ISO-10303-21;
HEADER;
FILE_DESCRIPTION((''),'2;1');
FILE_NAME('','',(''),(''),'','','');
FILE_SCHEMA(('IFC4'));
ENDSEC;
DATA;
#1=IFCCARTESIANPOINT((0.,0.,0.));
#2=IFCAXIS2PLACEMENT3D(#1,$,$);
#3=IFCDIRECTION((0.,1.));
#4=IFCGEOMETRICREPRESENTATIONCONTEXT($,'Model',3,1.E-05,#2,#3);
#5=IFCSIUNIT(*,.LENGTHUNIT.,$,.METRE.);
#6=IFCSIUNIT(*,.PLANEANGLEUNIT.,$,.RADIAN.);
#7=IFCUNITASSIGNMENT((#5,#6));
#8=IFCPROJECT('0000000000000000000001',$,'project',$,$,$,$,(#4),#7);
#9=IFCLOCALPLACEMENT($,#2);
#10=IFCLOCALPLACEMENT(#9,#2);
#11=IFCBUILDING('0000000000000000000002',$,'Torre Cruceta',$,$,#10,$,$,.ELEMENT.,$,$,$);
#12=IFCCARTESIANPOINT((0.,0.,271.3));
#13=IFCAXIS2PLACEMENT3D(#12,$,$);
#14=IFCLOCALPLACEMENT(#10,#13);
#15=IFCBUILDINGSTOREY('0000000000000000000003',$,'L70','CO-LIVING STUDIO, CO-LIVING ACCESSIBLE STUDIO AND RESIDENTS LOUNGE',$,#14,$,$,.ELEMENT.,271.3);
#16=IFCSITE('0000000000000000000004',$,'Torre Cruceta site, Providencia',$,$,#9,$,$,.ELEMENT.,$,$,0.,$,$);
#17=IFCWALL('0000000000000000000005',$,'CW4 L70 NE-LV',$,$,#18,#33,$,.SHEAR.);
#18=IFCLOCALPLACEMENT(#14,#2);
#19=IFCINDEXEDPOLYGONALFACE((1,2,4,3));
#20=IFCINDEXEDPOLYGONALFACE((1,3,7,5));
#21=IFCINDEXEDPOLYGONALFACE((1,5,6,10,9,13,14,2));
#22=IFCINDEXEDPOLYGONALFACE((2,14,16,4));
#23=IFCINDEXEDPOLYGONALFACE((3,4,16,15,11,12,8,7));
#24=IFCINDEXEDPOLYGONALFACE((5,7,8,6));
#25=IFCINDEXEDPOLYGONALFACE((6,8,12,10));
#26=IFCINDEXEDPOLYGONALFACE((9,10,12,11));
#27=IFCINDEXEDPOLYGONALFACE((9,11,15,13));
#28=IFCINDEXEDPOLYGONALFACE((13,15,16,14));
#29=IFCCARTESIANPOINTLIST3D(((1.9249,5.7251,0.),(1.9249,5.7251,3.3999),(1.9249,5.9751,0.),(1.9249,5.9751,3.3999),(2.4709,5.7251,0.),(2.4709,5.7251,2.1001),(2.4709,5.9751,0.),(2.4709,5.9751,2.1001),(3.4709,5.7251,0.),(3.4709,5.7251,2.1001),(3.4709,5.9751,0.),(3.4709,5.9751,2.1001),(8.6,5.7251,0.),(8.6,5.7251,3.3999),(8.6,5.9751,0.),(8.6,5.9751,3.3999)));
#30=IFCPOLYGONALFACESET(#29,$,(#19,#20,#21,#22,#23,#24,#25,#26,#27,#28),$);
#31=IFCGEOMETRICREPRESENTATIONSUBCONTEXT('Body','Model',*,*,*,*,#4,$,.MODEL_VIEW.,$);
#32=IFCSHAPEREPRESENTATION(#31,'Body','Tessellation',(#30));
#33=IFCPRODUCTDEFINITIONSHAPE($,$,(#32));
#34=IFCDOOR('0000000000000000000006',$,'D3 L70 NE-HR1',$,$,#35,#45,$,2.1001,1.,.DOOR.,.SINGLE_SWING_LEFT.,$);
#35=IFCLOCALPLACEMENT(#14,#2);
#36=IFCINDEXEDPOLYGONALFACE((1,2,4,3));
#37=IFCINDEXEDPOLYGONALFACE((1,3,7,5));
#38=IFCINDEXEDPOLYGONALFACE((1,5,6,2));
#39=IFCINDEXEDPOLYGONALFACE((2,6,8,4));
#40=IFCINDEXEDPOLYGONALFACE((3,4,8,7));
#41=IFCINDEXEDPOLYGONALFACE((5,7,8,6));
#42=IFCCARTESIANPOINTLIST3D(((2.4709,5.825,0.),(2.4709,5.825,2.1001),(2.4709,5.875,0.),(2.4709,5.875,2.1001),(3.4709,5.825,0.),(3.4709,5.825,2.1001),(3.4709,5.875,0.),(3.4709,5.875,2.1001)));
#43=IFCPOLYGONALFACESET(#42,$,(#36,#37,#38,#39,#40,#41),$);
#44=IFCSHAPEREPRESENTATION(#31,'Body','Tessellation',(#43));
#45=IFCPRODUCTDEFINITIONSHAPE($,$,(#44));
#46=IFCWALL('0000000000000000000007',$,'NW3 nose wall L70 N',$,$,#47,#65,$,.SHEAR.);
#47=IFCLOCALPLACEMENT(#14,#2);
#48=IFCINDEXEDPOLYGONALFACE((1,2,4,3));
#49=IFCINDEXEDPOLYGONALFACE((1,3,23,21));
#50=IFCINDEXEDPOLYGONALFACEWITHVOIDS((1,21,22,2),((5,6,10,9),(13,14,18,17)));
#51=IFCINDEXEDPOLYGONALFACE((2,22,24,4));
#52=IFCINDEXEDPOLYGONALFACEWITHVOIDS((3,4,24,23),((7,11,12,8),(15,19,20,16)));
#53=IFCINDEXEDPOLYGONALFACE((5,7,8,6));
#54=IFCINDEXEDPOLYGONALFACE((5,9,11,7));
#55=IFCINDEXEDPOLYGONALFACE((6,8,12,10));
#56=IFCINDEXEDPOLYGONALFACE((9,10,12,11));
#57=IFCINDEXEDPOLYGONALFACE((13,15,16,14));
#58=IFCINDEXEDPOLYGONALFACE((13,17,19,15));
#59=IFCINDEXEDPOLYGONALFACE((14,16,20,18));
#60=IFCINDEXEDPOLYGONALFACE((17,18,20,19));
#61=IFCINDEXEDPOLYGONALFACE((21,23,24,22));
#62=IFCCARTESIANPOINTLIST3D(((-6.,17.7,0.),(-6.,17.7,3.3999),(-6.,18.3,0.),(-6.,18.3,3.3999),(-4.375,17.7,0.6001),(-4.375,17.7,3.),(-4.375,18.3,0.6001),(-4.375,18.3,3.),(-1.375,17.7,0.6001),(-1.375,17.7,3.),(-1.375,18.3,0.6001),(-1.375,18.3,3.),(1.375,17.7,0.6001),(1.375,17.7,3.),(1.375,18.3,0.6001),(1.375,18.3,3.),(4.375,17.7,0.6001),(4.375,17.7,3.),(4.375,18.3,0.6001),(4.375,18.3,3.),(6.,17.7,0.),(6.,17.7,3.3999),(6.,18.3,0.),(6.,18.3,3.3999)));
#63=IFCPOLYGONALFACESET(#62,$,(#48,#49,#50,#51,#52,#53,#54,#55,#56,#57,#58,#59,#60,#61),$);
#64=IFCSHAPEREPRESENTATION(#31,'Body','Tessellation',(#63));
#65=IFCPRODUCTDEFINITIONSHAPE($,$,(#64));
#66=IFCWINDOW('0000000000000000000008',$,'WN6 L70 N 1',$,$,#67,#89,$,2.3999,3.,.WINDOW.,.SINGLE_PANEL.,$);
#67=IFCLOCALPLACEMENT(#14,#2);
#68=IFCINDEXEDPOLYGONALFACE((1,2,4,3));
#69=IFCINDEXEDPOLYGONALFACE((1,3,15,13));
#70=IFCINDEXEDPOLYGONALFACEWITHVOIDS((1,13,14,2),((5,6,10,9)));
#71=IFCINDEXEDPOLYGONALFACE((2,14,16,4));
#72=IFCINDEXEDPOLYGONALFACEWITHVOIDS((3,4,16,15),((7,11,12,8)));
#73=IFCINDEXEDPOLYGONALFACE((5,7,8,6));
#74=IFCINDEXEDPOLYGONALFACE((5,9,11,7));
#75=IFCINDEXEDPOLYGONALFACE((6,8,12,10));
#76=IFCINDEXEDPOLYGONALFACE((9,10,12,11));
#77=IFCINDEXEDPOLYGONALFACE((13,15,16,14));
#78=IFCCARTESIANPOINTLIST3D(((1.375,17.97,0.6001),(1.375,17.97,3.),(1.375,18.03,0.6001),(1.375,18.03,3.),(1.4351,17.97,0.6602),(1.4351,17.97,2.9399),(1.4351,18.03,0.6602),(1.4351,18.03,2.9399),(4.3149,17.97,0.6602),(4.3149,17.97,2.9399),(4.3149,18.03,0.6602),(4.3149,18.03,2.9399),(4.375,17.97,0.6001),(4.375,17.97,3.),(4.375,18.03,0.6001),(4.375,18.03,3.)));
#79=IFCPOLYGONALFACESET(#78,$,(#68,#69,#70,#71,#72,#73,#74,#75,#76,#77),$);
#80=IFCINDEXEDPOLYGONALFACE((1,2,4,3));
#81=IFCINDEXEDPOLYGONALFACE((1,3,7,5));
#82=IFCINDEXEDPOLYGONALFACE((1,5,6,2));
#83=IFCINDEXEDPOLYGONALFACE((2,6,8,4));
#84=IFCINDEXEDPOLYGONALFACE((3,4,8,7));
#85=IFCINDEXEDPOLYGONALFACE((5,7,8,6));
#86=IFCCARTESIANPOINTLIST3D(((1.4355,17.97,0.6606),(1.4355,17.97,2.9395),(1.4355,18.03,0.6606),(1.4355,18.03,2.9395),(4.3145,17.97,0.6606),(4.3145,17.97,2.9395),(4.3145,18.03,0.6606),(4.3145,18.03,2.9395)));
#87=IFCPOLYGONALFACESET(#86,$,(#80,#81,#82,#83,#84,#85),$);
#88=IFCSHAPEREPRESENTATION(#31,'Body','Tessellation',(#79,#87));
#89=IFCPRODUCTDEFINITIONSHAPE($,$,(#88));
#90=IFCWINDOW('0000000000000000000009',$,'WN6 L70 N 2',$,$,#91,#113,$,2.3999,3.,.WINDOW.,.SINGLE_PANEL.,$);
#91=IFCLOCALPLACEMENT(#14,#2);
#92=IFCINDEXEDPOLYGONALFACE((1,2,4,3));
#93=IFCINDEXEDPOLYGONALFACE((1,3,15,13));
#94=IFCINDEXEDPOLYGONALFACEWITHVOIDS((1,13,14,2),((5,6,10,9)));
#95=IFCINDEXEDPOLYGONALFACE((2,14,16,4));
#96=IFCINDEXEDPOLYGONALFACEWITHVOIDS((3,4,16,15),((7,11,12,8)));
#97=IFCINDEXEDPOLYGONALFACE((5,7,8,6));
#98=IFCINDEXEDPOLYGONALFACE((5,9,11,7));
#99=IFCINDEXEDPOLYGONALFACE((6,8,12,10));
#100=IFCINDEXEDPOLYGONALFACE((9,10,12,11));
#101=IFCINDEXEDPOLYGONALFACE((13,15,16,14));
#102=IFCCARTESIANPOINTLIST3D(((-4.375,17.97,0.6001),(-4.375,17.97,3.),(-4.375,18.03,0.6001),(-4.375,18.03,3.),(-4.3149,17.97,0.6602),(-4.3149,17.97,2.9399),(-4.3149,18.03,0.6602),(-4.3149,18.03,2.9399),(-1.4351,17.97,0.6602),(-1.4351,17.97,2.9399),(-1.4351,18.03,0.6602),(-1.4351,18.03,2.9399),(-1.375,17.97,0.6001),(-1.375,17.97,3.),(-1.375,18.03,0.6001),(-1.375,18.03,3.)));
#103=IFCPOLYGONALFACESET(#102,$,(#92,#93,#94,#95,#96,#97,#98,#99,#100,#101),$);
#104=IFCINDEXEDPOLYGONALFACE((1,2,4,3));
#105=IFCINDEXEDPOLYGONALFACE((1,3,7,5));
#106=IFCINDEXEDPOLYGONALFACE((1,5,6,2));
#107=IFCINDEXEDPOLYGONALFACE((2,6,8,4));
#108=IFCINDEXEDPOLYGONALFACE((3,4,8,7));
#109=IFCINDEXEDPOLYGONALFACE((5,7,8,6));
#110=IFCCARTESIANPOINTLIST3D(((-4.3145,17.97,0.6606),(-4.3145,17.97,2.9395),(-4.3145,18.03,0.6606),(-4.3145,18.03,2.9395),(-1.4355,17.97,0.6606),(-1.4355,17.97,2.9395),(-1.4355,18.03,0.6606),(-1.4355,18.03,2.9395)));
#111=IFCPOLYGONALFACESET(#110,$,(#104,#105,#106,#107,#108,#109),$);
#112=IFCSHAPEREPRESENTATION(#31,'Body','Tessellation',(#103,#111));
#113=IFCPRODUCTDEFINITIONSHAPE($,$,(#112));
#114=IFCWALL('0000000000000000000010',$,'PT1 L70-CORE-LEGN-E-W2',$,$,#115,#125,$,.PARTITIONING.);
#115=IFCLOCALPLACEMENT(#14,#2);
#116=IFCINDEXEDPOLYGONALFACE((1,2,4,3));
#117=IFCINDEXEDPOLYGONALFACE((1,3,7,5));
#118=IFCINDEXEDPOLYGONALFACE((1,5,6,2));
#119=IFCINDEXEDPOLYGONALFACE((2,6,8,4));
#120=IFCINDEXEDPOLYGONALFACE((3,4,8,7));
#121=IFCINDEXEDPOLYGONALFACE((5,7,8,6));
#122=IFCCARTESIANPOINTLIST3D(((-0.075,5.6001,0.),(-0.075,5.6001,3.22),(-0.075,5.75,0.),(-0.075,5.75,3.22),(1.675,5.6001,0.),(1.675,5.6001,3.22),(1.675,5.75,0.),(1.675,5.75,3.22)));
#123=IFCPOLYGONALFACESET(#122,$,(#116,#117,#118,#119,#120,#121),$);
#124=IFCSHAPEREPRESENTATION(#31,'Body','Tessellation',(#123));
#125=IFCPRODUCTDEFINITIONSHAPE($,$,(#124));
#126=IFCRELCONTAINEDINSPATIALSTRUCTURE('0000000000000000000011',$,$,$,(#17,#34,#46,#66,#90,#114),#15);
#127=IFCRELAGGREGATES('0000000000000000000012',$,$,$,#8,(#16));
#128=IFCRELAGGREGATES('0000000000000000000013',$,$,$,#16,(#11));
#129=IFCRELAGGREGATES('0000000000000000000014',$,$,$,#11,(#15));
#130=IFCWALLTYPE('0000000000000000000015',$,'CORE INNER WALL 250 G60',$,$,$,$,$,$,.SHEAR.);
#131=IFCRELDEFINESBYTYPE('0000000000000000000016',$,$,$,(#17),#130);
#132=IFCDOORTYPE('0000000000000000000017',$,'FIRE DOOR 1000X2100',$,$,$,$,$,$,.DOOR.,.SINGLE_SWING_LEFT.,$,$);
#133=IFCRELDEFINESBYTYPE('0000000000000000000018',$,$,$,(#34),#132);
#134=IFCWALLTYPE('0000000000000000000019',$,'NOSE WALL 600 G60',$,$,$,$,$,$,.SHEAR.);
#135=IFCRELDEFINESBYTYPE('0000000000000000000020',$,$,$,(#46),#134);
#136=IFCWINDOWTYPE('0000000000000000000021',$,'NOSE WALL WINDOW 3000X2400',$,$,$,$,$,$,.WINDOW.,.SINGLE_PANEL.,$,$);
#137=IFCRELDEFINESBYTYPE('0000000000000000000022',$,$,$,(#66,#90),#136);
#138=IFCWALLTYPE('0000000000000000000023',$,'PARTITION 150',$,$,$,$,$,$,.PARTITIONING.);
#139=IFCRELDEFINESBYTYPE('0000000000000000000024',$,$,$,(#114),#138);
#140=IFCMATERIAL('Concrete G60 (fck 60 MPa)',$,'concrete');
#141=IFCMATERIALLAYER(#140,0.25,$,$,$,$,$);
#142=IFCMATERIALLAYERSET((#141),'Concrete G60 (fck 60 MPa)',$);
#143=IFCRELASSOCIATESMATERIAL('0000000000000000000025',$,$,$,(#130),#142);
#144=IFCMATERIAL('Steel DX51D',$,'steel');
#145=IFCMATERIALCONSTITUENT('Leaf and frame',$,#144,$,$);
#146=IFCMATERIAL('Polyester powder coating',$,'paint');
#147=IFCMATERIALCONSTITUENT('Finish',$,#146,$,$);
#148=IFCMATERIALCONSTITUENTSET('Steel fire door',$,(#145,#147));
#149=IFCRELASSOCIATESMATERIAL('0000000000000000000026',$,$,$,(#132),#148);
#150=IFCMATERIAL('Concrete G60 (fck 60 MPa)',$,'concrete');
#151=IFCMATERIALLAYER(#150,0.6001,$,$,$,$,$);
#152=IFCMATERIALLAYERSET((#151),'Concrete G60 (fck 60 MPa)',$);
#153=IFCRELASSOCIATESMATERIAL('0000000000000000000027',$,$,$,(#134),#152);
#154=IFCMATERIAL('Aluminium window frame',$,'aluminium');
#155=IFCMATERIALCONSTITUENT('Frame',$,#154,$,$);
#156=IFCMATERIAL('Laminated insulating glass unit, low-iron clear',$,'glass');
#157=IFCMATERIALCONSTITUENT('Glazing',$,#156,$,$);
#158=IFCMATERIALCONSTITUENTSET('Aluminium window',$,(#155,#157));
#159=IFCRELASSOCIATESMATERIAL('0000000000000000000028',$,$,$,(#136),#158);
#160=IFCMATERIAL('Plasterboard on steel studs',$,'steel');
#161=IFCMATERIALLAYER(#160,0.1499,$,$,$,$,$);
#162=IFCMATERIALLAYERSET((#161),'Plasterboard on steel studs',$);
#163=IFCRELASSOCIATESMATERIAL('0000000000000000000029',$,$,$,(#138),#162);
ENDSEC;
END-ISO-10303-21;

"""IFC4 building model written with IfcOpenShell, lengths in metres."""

from ifc_helpers import new_model, si_unit, direction, frame, frame_2d, origin, place, context, subcontext, project, spatial, rectangle, hollow_rectangle, extrude, material, layer, layer_set, constituent, constituent_set, type_object, element, fill, save


model = new_model("IFC4")

# Units and contexts
model_context = context("Model", 3, precision=1e-05, world=origin(), true_north=direction((0.0, 1.0)))
body_context = subcontext(model_context, "Body", "Model", "MODEL_VIEW")
ifc_project = project(units=[si_unit("LENGTHUNIT", "METRE"), si_unit("PLANEANGLEUNIT", "RADIAN")], contexts=[model_context])

# Site, building, storey
site_placement = place(None, origin())
site = spatial("IfcSite", under=ifc_project, at=site_placement, Name="Torre Cruceta site, Providencia", CompositionType="ELEMENT", RefElevation=0.0)
building_placement = place(site_placement, origin())
building = spatial("IfcBuilding", under=site, at=building_placement, Name="Torre Cruceta", CompositionType="ELEMENT")
storey_placement = place(building_placement, frame((0.0, 0.0, 271.3)))
storey = spatial("IfcBuildingStorey", under=building, at=storey_placement, Name="L70", Description="CO-LIVING STUDIO, CO-LIVING ACCESSIBLE STUDIO AND RESIDENTS LOUNGE", CompositionType="ELEMENT", Elevation=271.3)

# Shared definitions
ifc_material_1 = material(Name="Concrete G60 (fck 60 MPa)", Category="concrete")
ifc_layer_1 = layer(ifc_material_1, 0.25)
ifc_layer_set_1 = layer_set([ifc_layer_1], Name="Concrete G60 (fck 60 MPa)")
wall_type_1 = type_object("IfcWallType", Name="CORE INNER WALL 250 G60", PredefinedType="SHEAR", material=ifc_layer_set_1)

# Wall, opening, door
wall_1_placement = place(storey_placement, frame((1.925, 5.8501, 0.0), z_axis=(0.0, 0.0, 1.0), x_axis=(1.0, 0.0, 0.0)))
wall_1 = element("IfcWall", 1, at=wall_1_placement, inside=storey, type_object=wall_type_1, Name="CW4 L70 NE-LV", PredefinedType="SHEAR", context=body_context, shape_type="SweptSolid", body=[
    extrude(rectangle(XDim=6.675, YDim=0.25, at=frame_2d((3.3374, 0.0))), origin(), (0.0, 0.0, 1.0), 3.3999),
])
opening_1_placement = place(wall_1_placement, frame((0.5459, 0.0, 0.0)))
opening_1 = element("IfcOpeningElement", 2, at=opening_1_placement, cuts=wall_1, PredefinedType="OPENING", context=body_context, shape_type="SweptSolid", body=[
    extrude(rectangle(XDim=1.0, YDim=2.1001, at=frame_2d((0.5, 1.05))), frame((0.0, 0.135, 0.0), z_axis=(0.0, -1.0, 0.0), x_axis=(1.0, 0.0, 0.0)), (0.0, 0.0, 1.0), 0.27),
])
ifc_material_2 = material(Name="Steel DX51D", Category="steel")
ifc_constituent_1 = constituent(ifc_material_2, Name="Leaf and frame")
ifc_material_3 = material(Name="Polyester powder coating", Category="paint")
ifc_constituent_2 = constituent(ifc_material_3, Name="Finish")
ifc_constituent_set_1 = constituent_set(constituents=[ifc_constituent_1, ifc_constituent_2], Name="Steel fire door")
door_type_1 = type_object("IfcDoorType", Name="FIRE DOOR 1000X2100", OperationType="SINGLE_SWING_LEFT", PredefinedType="DOOR", material=ifc_constituent_set_1)
door_1_placement = place(opening_1_placement, origin())
door_1 = element("IfcDoor", 3, at=door_1_placement, inside=storey, type_object=door_type_1, Name="D3 L70 NE-HR1", OperationType="SINGLE_SWING_LEFT", OverallHeight=2.1001, OverallWidth=1.0, PredefinedType="DOOR", context=body_context, shape_type="SweptSolid", body=[
    extrude(rectangle(XDim=1.0, YDim=2.1001, at=frame_2d((0.5, 1.05))), frame((0.0, 0.0249, 0.0), z_axis=(0.0, -1.0, 0.0), x_axis=(1.0, 0.0, 0.0)), (0.0, 0.0, 1.0), 0.05),
])
fill(opening_1, door_1)

# Wall, openings, windows
ifc_material_4 = material(Name="Concrete G60 (fck 60 MPa)", Category="concrete")
ifc_layer_2 = layer(ifc_material_4, 0.6001)
ifc_layer_set_2 = layer_set([ifc_layer_2], Name="Concrete G60 (fck 60 MPa)")
wall_type_2 = type_object("IfcWallType", Name="NOSE WALL 600 G60", PredefinedType="SHEAR", material=ifc_layer_set_2)
wall_2_placement = place(storey_placement, frame((6.0, 18.0, 0.0), z_axis=(0.0, 0.0, 1.0), x_axis=(-1.0, 0.0, 0.0)))
wall_2 = element("IfcWall", 4, at=wall_2_placement, inside=storey, type_object=wall_type_2, Name="NW3 nose wall L70 N", PredefinedType="SHEAR", context=body_context, shape_type="SweptSolid", body=[
    extrude(rectangle(XDim=12.0, YDim=0.6001, at=frame_2d((6.0, 0.0))), origin(), (0.0, 0.0, 1.0), 3.3999),
])
opening_2_placement = place(wall_2_placement, frame((1.625, 0.0, 0.6001)))
opening_2 = element("IfcOpeningElement", 5, at=opening_2_placement, cuts=wall_2, PredefinedType="OPENING", context=body_context, shape_type="SweptSolid", body=[
    extrude(rectangle(XDim=3.0, YDim=2.3999, at=frame_2d((1.5, 1.2))), frame((0.0, 0.3101, 0.0), z_axis=(0.0, -1.0, 0.0), x_axis=(1.0, 0.0, 0.0)), (0.0, 0.0, 1.0), 0.6201),
])
opening_3_placement = place(wall_2_placement, frame((7.375, 0.0, 0.6001)))
opening_3 = element("IfcOpeningElement", 6, at=opening_3_placement, cuts=wall_2, PredefinedType="OPENING", context=body_context, shape_type="SweptSolid", body=[
    extrude(rectangle(XDim=3.0, YDim=2.3999, at=frame_2d((1.5, 1.2))), frame((0.0, 0.3101, 0.0), z_axis=(0.0, -1.0, 0.0), x_axis=(1.0, 0.0, 0.0)), (0.0, 0.0, 1.0), 0.6201),
])
ifc_material_5 = material(Name="Aluminium window frame", Category="aluminium")
ifc_constituent_3 = constituent(ifc_material_5, Name="Frame")
ifc_material_6 = material(Name="Laminated insulating glass unit, low-iron clear", Category="glass")
ifc_constituent_4 = constituent(ifc_material_6, Name="Glazing")
ifc_constituent_set_2 = constituent_set(constituents=[ifc_constituent_3, ifc_constituent_4], Name="Aluminium window")
window_type = type_object("IfcWindowType", Name="NOSE WALL WINDOW 3000X2400", PartitioningType="SINGLE_PANEL", PredefinedType="WINDOW", material=ifc_constituent_set_2)
window_1_placement = place(opening_2_placement, origin())
window_1 = element("IfcWindow", 7, at=window_1_placement, inside=storey, type_object=window_type, Name="WN6 L70 N 1", OverallHeight=2.3999, OverallWidth=3.0, PartitioningType="SINGLE_PANEL", PredefinedType="WINDOW", context=body_context, shape_type="SweptSolid", body=[
    extrude(hollow_rectangle(XDim=3.0, YDim=2.3999, WallThickness=0.0601, at=frame_2d((1.5, 1.2))), frame((0.0, 0.03, 0.0), z_axis=(0.0, -1.0, 0.0), x_axis=(1.0, 0.0, 0.0)), (0.0, 0.0, 1.0), 0.0601),
    extrude(rectangle(XDim=2.8789, YDim=2.2788, at=frame_2d((1.5, 1.2))), frame((0.0, 0.03, 0.0), z_axis=(0.0, -1.0, 0.0), x_axis=(1.0, 0.0, 0.0)), (0.0, 0.0, 1.0), 0.0601),
])
fill(opening_2, window_1)
window_2_placement = place(opening_3_placement, origin())
window_2 = element("IfcWindow", 8, at=window_2_placement, inside=storey, type_object=window_type, Name="WN6 L70 N 2", OverallHeight=2.3999, OverallWidth=3.0, PartitioningType="SINGLE_PANEL", PredefinedType="WINDOW", context=body_context, shape_type="SweptSolid", body=[
    extrude(hollow_rectangle(XDim=3.0, YDim=2.3999, WallThickness=0.0601, at=frame_2d((1.5, 1.2))), frame((0.0, 0.03, 0.0), z_axis=(0.0, -1.0, 0.0), x_axis=(1.0, 0.0, 0.0)), (0.0, 0.0, 1.0), 0.0601),
    extrude(rectangle(XDim=2.8789, YDim=2.2788, at=frame_2d((1.5, 1.2))), frame((0.0, 0.03, 0.0), z_axis=(0.0, -1.0, 0.0), x_axis=(1.0, 0.0, 0.0)), (0.0, 0.0, 1.0), 0.0601),
])
fill(opening_3, window_2)

# Wall
ifc_material_7 = material(Name="Plasterboard on steel studs", Category="steel")
ifc_layer_3 = layer(ifc_material_7, 0.1499)
ifc_layer_set_3 = layer_set([ifc_layer_3], Name="Plasterboard on steel studs")
wall_type_3 = type_object("IfcWallType", Name="PARTITION 150", PredefinedType="PARTITIONING", material=ifc_layer_set_3)
wall_3_placement = place(storey_placement, frame((1.675, 5.675, 0.0), z_axis=(0.0, 0.0, 1.0), x_axis=(-1.0, 0.0, 0.0)))
element("IfcWall", 9, at=wall_3_placement, inside=storey, type_object=wall_type_3, Name="PT1 L70-CORE-LEGN-E-W2", PredefinedType="PARTITIONING", context=body_context, shape_type="SweptSolid", body=[
    extrude(rectangle(XDim=1.75, YDim=0.1499, at=frame_2d((0.875, 0.0))), origin(), (0.0, 0.0, 1.0), 3.22),
])

save(model, "model.ifc")
